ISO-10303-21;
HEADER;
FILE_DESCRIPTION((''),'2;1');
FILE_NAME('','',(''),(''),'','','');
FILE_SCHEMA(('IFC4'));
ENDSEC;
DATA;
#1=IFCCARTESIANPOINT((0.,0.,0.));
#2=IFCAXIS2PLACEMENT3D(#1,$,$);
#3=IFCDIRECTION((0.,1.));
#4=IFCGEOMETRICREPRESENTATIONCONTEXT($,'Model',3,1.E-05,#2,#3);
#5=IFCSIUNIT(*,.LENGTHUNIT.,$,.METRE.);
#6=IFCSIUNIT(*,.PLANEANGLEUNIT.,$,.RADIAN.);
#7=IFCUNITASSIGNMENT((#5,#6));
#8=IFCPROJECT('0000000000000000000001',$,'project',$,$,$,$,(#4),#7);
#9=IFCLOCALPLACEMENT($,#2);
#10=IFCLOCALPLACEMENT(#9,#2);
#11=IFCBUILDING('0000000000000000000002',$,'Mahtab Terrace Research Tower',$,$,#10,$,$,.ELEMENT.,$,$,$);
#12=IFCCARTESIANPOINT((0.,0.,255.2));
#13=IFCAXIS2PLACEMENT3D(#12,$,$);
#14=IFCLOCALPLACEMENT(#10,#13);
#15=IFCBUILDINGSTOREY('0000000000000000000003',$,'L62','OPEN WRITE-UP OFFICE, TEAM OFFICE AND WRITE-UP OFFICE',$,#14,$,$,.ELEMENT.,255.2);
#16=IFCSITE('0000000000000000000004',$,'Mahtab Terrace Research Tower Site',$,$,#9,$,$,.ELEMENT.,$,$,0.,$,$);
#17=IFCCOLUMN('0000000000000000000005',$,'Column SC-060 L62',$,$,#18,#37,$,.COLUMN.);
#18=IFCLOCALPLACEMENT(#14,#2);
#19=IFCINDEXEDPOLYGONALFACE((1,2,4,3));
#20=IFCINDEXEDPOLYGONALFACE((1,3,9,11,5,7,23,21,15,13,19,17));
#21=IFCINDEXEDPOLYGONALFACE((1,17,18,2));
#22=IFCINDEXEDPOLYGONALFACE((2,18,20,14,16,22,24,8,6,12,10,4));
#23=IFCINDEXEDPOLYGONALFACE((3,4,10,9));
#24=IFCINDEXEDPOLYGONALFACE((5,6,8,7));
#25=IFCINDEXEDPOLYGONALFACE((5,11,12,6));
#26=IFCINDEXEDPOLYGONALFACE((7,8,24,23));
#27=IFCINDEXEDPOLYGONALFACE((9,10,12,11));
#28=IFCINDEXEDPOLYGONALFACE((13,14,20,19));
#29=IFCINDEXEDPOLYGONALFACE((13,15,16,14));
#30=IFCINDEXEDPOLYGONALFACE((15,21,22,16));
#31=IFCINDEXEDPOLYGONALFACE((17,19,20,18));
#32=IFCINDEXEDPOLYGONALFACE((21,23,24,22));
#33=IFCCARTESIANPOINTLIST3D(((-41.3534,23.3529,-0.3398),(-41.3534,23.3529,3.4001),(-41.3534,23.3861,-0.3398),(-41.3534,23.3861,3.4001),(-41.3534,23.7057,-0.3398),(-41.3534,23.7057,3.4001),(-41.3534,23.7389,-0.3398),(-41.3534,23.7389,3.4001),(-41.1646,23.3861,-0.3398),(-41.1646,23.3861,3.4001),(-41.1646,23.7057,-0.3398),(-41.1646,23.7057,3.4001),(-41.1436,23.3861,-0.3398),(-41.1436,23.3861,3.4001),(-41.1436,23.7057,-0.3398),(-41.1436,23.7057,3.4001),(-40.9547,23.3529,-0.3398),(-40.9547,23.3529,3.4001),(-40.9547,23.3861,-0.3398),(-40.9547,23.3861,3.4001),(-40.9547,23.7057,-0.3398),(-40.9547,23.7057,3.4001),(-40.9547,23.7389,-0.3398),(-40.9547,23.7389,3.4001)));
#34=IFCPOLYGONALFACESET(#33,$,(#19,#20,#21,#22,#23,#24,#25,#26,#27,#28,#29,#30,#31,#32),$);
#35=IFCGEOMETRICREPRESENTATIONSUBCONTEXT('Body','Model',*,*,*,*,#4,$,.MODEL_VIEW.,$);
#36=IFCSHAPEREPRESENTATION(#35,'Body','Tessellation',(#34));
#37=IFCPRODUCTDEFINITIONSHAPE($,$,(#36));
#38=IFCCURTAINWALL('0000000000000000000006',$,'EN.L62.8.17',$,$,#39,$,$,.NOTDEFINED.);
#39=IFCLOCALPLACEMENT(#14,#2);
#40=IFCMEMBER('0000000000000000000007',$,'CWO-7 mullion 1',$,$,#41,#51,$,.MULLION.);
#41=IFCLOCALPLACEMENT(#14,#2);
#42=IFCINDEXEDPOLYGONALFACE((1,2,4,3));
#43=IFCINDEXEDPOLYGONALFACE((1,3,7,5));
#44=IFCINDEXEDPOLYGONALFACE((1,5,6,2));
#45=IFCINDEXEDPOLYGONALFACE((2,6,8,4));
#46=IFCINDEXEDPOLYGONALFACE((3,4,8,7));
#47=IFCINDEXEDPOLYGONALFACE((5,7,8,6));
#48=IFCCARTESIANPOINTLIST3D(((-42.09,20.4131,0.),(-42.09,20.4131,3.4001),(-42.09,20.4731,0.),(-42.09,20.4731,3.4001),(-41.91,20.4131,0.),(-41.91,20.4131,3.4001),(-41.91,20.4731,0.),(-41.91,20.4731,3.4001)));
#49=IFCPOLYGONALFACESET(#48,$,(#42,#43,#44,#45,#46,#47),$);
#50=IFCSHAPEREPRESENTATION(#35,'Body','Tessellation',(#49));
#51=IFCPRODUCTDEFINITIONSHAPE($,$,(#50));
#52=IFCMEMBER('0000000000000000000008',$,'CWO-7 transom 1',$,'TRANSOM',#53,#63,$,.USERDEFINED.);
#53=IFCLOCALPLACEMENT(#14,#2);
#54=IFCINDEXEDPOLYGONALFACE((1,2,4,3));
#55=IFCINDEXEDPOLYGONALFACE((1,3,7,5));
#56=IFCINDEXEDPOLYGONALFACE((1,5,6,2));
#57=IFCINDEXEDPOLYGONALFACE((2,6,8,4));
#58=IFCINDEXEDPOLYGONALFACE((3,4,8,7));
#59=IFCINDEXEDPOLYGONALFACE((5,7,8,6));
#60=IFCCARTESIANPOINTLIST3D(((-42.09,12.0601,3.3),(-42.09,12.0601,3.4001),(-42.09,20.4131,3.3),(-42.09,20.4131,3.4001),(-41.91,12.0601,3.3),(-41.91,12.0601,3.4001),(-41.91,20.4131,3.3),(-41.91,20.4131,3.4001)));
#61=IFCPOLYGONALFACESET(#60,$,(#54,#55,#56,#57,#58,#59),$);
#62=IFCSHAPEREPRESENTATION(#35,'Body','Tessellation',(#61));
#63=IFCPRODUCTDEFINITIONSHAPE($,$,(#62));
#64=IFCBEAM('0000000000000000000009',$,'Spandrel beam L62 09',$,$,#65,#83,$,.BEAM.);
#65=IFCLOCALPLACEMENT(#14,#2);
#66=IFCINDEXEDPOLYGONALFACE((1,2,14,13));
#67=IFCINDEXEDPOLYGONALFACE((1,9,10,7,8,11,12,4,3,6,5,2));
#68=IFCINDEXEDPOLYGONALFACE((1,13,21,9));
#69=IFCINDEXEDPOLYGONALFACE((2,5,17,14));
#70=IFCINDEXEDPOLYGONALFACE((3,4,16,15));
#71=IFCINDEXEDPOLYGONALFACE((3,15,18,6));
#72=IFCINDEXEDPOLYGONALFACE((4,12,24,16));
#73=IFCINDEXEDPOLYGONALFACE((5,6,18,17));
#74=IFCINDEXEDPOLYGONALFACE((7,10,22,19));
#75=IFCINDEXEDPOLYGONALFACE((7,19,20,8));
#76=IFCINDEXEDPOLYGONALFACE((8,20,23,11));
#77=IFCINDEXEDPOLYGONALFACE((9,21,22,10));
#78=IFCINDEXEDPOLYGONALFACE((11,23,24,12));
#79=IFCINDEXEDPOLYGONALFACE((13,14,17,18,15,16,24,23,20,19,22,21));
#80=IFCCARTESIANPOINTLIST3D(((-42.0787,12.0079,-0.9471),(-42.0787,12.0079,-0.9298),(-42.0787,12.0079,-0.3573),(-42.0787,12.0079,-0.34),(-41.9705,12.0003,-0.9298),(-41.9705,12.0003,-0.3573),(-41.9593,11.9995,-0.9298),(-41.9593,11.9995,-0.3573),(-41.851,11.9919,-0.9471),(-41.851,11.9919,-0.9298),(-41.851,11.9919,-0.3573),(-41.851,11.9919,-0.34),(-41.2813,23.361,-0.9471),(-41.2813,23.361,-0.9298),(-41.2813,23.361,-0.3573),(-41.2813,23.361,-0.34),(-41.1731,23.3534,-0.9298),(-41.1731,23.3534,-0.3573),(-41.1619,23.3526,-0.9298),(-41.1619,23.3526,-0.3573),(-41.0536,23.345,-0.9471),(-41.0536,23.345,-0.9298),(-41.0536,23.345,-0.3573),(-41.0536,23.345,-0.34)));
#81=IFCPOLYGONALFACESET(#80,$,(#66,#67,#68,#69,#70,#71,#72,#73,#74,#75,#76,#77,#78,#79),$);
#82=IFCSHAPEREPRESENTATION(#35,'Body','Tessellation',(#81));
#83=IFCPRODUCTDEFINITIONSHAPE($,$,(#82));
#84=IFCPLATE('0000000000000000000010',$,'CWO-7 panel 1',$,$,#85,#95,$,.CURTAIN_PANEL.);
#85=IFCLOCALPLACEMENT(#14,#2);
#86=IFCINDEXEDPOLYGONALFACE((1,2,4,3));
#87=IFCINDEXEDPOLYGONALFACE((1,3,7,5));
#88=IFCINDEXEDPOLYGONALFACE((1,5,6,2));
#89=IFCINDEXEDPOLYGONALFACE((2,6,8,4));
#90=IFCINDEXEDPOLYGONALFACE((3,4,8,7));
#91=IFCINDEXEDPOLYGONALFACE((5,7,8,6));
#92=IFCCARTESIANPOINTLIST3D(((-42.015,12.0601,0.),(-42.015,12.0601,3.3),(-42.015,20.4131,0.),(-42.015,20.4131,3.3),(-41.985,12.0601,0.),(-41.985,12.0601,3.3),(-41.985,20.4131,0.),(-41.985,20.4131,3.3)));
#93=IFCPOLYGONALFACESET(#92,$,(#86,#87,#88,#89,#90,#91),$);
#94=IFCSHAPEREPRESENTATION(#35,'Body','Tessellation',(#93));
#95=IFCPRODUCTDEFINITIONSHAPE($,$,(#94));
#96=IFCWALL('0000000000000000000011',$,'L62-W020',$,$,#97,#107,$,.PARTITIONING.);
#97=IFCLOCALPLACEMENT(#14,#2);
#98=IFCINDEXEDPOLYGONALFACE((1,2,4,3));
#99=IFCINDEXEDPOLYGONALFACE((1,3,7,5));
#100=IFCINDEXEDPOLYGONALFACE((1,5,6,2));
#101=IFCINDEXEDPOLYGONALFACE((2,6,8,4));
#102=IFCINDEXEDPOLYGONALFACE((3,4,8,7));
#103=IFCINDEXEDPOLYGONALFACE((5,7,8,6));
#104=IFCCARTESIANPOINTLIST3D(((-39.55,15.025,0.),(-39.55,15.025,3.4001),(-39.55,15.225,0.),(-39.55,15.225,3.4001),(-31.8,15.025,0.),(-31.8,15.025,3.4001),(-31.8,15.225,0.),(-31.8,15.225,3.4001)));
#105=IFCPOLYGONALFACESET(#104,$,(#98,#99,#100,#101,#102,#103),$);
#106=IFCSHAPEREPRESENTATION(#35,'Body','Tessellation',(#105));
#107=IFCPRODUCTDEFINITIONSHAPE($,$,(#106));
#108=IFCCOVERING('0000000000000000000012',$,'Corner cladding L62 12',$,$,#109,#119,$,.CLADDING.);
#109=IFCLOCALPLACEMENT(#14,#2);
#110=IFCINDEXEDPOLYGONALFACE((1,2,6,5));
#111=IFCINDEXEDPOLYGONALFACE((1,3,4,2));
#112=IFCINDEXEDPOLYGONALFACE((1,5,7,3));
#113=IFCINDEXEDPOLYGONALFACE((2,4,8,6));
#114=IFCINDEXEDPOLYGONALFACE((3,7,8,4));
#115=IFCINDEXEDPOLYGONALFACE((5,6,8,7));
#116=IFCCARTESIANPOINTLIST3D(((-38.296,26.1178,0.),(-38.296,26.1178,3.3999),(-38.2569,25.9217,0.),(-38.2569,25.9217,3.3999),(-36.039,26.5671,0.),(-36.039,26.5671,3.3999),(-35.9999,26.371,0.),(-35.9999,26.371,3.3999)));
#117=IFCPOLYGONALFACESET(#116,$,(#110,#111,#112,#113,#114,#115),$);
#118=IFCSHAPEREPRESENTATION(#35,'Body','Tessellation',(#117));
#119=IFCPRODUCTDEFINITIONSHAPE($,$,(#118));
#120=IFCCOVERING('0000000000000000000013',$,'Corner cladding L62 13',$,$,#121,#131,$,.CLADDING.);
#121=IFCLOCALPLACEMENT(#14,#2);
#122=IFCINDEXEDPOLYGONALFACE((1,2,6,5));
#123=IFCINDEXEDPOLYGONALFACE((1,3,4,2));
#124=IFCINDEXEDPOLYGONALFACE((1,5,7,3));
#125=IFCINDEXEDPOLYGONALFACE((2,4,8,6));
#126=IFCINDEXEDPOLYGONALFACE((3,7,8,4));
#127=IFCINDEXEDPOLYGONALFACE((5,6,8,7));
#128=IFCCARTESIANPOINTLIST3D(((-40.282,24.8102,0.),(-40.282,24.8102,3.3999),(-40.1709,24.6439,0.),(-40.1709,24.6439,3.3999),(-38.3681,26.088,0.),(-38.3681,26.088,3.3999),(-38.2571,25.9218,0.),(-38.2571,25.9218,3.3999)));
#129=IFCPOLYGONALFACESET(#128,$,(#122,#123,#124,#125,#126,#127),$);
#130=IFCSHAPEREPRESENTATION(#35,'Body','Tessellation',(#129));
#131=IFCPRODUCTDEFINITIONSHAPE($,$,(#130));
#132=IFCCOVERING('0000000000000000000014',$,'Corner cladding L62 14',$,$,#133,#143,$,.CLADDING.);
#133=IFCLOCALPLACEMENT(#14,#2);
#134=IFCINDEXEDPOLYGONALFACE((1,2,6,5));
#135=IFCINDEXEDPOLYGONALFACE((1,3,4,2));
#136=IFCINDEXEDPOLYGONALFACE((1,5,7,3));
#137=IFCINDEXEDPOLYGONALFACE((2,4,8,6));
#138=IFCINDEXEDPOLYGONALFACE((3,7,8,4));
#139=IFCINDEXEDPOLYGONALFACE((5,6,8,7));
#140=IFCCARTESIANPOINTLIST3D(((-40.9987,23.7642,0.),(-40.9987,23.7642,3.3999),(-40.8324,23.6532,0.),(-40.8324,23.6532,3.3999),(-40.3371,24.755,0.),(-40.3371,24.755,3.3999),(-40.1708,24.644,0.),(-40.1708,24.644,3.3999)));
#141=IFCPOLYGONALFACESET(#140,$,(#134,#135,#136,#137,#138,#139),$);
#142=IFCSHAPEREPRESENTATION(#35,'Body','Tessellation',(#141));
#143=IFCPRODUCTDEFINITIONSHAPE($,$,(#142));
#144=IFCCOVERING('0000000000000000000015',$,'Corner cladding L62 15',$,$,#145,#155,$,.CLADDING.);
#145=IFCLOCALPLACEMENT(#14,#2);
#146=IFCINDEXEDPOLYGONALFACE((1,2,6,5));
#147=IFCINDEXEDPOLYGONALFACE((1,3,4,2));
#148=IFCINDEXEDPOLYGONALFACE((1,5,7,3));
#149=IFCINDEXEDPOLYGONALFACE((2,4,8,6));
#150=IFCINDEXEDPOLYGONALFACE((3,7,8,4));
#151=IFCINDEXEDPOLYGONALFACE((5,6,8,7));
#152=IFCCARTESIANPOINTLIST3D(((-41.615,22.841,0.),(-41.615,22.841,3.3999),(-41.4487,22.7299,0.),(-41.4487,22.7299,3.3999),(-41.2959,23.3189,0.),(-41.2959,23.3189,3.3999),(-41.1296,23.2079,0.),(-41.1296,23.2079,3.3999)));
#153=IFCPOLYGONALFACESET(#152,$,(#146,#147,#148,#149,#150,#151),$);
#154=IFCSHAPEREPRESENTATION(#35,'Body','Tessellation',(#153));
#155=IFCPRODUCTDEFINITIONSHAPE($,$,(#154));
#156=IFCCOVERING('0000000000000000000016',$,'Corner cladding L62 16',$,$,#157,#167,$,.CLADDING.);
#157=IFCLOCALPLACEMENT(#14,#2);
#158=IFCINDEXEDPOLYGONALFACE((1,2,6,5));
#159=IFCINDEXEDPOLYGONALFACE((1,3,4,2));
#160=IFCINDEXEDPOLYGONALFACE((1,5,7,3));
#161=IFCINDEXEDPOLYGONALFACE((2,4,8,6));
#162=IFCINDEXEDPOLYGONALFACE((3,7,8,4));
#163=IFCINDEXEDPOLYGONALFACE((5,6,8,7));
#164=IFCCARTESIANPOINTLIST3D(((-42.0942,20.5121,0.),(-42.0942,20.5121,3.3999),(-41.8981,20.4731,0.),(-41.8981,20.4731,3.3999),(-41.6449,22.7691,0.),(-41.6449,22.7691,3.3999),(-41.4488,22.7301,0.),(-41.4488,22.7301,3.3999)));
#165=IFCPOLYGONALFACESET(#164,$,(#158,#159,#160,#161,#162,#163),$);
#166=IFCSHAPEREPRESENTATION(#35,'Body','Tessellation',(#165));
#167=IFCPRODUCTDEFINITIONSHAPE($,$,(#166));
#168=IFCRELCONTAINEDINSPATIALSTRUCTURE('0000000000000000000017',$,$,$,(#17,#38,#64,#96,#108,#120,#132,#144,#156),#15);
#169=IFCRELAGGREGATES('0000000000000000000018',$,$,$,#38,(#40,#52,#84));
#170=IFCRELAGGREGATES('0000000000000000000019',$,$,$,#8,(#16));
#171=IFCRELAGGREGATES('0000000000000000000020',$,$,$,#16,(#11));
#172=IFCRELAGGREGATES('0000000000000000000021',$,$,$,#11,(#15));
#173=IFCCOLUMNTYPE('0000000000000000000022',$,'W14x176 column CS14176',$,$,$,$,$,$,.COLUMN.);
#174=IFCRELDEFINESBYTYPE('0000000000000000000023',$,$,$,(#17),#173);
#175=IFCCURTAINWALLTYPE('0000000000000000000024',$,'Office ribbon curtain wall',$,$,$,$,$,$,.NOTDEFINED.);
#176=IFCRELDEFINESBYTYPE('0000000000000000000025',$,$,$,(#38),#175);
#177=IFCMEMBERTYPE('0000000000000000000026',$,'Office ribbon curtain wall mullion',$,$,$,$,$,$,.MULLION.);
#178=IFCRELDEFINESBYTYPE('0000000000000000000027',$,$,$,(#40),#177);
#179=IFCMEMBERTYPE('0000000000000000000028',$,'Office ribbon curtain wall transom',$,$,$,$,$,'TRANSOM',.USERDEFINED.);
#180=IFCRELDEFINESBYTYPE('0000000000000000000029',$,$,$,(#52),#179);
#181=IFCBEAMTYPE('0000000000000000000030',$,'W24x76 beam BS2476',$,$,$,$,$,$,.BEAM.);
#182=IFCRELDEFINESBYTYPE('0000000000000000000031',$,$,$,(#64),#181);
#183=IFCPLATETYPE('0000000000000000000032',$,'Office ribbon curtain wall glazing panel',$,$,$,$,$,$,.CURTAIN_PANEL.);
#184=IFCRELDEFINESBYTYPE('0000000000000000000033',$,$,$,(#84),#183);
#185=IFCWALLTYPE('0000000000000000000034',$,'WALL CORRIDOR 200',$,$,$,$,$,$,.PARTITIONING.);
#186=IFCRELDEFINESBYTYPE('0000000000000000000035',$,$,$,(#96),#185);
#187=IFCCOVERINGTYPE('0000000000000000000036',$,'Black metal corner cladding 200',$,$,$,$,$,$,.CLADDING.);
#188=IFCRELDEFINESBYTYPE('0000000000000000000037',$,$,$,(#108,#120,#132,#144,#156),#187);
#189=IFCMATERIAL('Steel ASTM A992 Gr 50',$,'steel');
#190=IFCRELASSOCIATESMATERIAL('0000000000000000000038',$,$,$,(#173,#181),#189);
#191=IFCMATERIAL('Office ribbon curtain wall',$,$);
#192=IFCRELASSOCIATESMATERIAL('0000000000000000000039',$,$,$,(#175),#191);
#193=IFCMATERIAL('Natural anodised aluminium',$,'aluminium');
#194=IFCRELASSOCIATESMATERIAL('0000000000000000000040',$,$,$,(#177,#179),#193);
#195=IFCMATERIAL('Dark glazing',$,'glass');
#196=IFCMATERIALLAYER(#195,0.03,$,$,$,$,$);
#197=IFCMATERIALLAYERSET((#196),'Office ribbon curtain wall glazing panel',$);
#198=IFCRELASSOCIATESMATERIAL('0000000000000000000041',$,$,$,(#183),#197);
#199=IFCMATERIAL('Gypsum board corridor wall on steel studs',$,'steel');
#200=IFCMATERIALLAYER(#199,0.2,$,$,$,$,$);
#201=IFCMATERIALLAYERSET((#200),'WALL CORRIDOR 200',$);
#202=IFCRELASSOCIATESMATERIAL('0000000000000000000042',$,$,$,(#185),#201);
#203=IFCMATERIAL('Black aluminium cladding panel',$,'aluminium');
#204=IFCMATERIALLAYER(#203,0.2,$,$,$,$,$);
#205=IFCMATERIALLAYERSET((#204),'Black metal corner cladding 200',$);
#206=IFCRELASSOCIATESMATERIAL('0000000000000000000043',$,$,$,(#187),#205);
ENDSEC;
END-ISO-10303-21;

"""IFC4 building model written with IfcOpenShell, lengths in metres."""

from ifc_helpers import new_model, si_unit, direction, frame, frame_2d, origin, origin_2d, place, context, subcontext, project, spatial, rectangle, i_section, extrude, material, layer, layer_set, material_profile, profile_set, type_object, element, aggregate, save


model = new_model("IFC4")

# Units and contexts
model_context = context("Model", 3, precision=1e-05, world=origin(), true_north=direction((0.0, 1.0)))
body_context = subcontext(model_context, "Body", "Model", "MODEL_VIEW")
ifc_project = project(units=[si_unit("LENGTHUNIT", "METRE"), si_unit("PLANEANGLEUNIT", "RADIAN")], contexts=[model_context])

# Site, building, storey
site_placement = place(None, origin())
site = spatial("IfcSite", under=ifc_project, at=site_placement, Name="Mahtab Terrace Research Tower Site", CompositionType="ELEMENT", RefElevation=0.0)
building_placement = place(site_placement, origin())
building = spatial("IfcBuilding", under=site, at=building_placement, Name="Mahtab Terrace Research Tower", CompositionType="ELEMENT")
storey_placement = place(building_placement, frame((0.0, 0.0, 255.2)))
storey = spatial("IfcBuildingStorey", under=building, at=storey_placement, Name="L62", Description="OPEN WRITE-UP OFFICE, TEAM OFFICE AND WRITE-UP OFFICE", CompositionType="ELEMENT", Elevation=255.2)

# Column
ifc_material_1 = material(Name="Steel ASTM A992 Gr 50", Category="steel")
ifc_material_profile_1 = material_profile(ifc_material_1, i_section(OverallWidth=0.3987, OverallDepth=0.386, WebThickness=0.021, FlangeThickness=0.0332, at=origin_2d()), Name="W14X176")
ifc_profile_set_1 = profile_set([ifc_material_profile_1], Name="Steel ASTM A992 Gr 50")
column_type = type_object("IfcColumnType", Name="W14x176 column CS14176", PredefinedType="COLUMN", material=ifc_profile_set_1)
column_placement = place(storey_placement, frame((-41.1541, 23.5459, -0.3398), z_axis=(0.0, 0.0, 1.0), x_axis=(1.0, 0.0, 0.0)))
element("IfcColumn", 1, at=column_placement, inside=storey, type_object=column_type, Name="Column SC-060 L62", PredefinedType="COLUMN", context=body_context, shape_type="SweptSolid", body=[
    extrude(i_section(OverallWidth=0.3987, OverallDepth=0.386, WebThickness=0.021, FlangeThickness=0.0332, at=origin_2d()), origin(), (0.0, 0.0, 1.0), 3.74),
])

# Curtain wall, members
ifc_material_2 = material(Name="Office ribbon curtain wall")
curtain_wall_type = type_object("IfcCurtainWallType", Name="Office ribbon curtain wall", PredefinedType="NOTDEFINED", material=ifc_material_2)
curtain_wall_placement = place(storey_placement, origin())
curtain_wall = element("IfcCurtainWall", 2, at=curtain_wall_placement, inside=storey, type_object=curtain_wall_type, Name="EN.L62.8.17", PredefinedType="NOTDEFINED")
ifc_material_3 = material(Name="Natural anodised aluminium", Category="aluminium")
ifc_material_profile_2 = material_profile(ifc_material_3, rectangle(XDim=0.1799, YDim=0.0601, at=origin_2d()), Name="MULLION 60x180")
ifc_profile_set_2 = profile_set([ifc_material_profile_2], Name="Natural anodised aluminium")
member_type_1 = type_object("IfcMemberType", Name="Office ribbon curtain wall mullion", PredefinedType="MULLION", material=ifc_profile_set_2)
member_1_placement = place(storey_placement, frame((-42.0, 20.4431, 0.0), z_axis=(0.0, 0.0, 1.0), x_axis=(1.0, 0.0, 0.0)))
member_1 = element("IfcMember", 3, at=member_1_placement, type_object=member_type_1, Name="CWO-7 mullion 1", PredefinedType="MULLION", context=body_context, shape_type="SweptSolid", body=[
    extrude(rectangle(XDim=0.1799, YDim=0.0601, at=origin_2d()), origin(), (0.0, 0.0, 1.0), 3.4001),
])
ifc_material_profile_3 = material_profile(ifc_material_3, rectangle(XDim=0.1799, YDim=0.1001, at=origin_2d()), Name="TRANSOM 100x180")
ifc_profile_set_3 = profile_set([ifc_material_profile_3], Name="Natural anodised aluminium")
member_type_2 = type_object("IfcMemberType", Name="Office ribbon curtain wall transom", ElementType="TRANSOM", PredefinedType="USERDEFINED", material=ifc_profile_set_3)
member_2_placement = place(storey_placement, frame((-42.0, 20.4131, 3.3501), z_axis=(0.0, -1.0, 0.0), x_axis=(1.0, 0.0, 0.0)))
member_2 = element("IfcMember", 4, at=member_2_placement, type_object=member_type_2, Name="CWO-7 transom 1", ObjectType="TRANSOM", PredefinedType="USERDEFINED", context=body_context, shape_type="SweptSolid", body=[
    extrude(rectangle(XDim=0.1799, YDim=0.1001, at=origin_2d()), origin(), (0.0, 0.0, 1.0), 8.353),
])

# Beam
ifc_material_profile_4 = material_profile(ifc_material_1, i_section(OverallWidth=0.2283, OverallDepth=0.6072, WebThickness=0.0112, FlangeThickness=0.0173, at=origin_2d()), Name="W24X76")
ifc_profile_set_4 = profile_set([ifc_material_profile_4], Name="Steel ASTM A992 Gr 50")
beam_type = type_object("IfcBeamType", Name="W24x76 beam BS2476", PredefinedType="BEAM", material=ifc_profile_set_4)
beam_placement = place(storey_placement, frame((-41.1675, 23.353, -0.6436), z_axis=(-0.070061, -0.997543, 0.0), x_axis=(0.997543, -0.070061, 0.0)))
element("IfcBeam", 5, at=beam_placement, inside=storey, type_object=beam_type, Name="Spandrel beam L62 09", PredefinedType="BEAM", context=body_context, shape_type="SweptSolid", body=[
    extrude(i_section(OverallWidth=0.2283, OverallDepth=0.6072, WebThickness=0.0112, FlangeThickness=0.0173, at=origin_2d()), origin(), (0.0, 0.0, 1.0), 11.3811),
])

# Plate
ifc_material_4 = material(Name="Dark glazing", Category="glass")
ifc_layer_1 = layer(ifc_material_4, 0.03)
ifc_layer_set_1 = layer_set([ifc_layer_1], Name="Office ribbon curtain wall glazing panel")
plate_type = type_object("IfcPlateType", Name="Office ribbon curtain wall glazing panel", PredefinedType="CURTAIN_PANEL", material=ifc_layer_set_1)
plate_placement = place(storey_placement, frame((-42.0, 16.2366, 0.0), z_axis=(0.0, 0.0, 1.0), x_axis=(0.0, -1.0, 0.0)))
plate = element("IfcPlate", 6, at=plate_placement, type_object=plate_type, Name="CWO-7 panel 1", PredefinedType="CURTAIN_PANEL", context=body_context, shape_type="SweptSolid", body=[
    extrude(rectangle(XDim=8.353, YDim=0.03, at=origin_2d()), origin(), (0.0, 0.0, 1.0), 3.3),
])
aggregate(curtain_wall, [member_1, member_2, plate])

# Wall
ifc_material_5 = material(Name="Gypsum board corridor wall on steel studs", Category="steel")
ifc_layer_2 = layer(ifc_material_5, 0.2)
ifc_layer_set_2 = layer_set([ifc_layer_2], Name="WALL CORRIDOR 200")
wall_type = type_object("IfcWallType", Name="WALL CORRIDOR 200", PredefinedType="PARTITIONING", material=ifc_layer_set_2)
wall_1_placement = place(storey_placement, frame((-39.55, 15.125, 0.0), z_axis=(0.0, 0.0, 1.0), x_axis=(1.0, 0.0, 0.0)))
element("IfcWall", 7, at=wall_1_placement, inside=storey, type_object=wall_type, Name="L62-W020", PredefinedType="PARTITIONING", context=body_context, shape_type="SweptSolid", body=[
    extrude(rectangle(XDim=7.75, YDim=0.2, at=frame_2d((3.875, 0.0))), origin(), (0.0, 0.0, 1.0), 3.4001),
])

# Coverings
ifc_material_6 = material(Name="Black aluminium cladding panel", Category="aluminium")
ifc_layer_3 = layer(ifc_material_6, 0.2)
ifc_layer_set_3 = layer_set([ifc_layer_3], Name="Black metal corner cladding 200")
covering_type = type_object("IfcCoveringType", Name="Black metal corner cladding 200", PredefinedType="CLADDING", material=ifc_layer_set_3)
for number, where, z_axis, x_axis, name in (
    (8, (-37.1479, 26.2444, 0.0), (0.0, 0.0, 1.0), (-0.980761, -0.195212, 0.0), "Corner cladding L62 12"),
    (9, (-39.2695, 25.366, 0.0), (0.0, 0.0, 1.0), (-0.831656, -0.555291, 0.0), "Corner cladding L62 13"),
):
    element("IfcCovering", number, at=place(storey_placement, frame(where, z_axis=z_axis, x_axis=x_axis)), inside=storey, type_object=covering_type, Name=name, PredefinedType="CLADDING", context=body_context, shape_type="SweptSolid", body=[
        extrude(rectangle(XDim=2.3013, YDim=0.2, at=origin_2d()), origin(), (0.0, 0.0, 1.0), 3.3999),
    ])
covering_1_placement = place(storey_placement, frame((-40.5847, 24.2041, 0.0), z_axis=(0.0, 0.0, 1.0), x_axis=(-0.555291, -0.831656, 0.0)))
element("IfcCovering", 10, at=covering_1_placement, inside=storey, type_object=covering_type, Name="Corner cladding L62 14", PredefinedType="CLADDING", context=body_context, shape_type="SweptSolid", body=[
    extrude(rectangle(XDim=1.1914, YDim=0.2, at=origin_2d()), origin(), (0.0, 0.0, 1.0), 3.3999),
])
covering_2_placement = place(storey_placement, frame((-41.3723, 23.0244, 0.0), z_axis=(0.0, 0.0, 1.0), x_axis=(-0.555291, -0.831656, 0.0)))
element("IfcCovering", 11, at=covering_2_placement, inside=storey, type_object=covering_type, Name="Corner cladding L62 15", PredefinedType="CLADDING", context=body_context, shape_type="SweptSolid", body=[
    extrude(rectangle(XDim=0.5747, YDim=0.2, at=origin_2d()), origin(), (0.0, 0.0, 1.0), 3.3999),
])
covering_3_placement = place(storey_placement, frame((-41.7715, 21.6211, 0.0), z_axis=(0.0, 0.0, 1.0), x_axis=(-0.195212, -0.980761, 0.0)))
element("IfcCovering", 12, at=covering_3_placement, inside=storey, type_object=covering_type, Name="Corner cladding L62 16", PredefinedType="CLADDING", context=body_context, shape_type="SweptSolid", body=[
    extrude(rectangle(XDim=2.3013, YDim=0.2, at=origin_2d()), origin(), (0.0, 0.0, 1.0), 3.3999),
])

save(model, "model.ifc")
